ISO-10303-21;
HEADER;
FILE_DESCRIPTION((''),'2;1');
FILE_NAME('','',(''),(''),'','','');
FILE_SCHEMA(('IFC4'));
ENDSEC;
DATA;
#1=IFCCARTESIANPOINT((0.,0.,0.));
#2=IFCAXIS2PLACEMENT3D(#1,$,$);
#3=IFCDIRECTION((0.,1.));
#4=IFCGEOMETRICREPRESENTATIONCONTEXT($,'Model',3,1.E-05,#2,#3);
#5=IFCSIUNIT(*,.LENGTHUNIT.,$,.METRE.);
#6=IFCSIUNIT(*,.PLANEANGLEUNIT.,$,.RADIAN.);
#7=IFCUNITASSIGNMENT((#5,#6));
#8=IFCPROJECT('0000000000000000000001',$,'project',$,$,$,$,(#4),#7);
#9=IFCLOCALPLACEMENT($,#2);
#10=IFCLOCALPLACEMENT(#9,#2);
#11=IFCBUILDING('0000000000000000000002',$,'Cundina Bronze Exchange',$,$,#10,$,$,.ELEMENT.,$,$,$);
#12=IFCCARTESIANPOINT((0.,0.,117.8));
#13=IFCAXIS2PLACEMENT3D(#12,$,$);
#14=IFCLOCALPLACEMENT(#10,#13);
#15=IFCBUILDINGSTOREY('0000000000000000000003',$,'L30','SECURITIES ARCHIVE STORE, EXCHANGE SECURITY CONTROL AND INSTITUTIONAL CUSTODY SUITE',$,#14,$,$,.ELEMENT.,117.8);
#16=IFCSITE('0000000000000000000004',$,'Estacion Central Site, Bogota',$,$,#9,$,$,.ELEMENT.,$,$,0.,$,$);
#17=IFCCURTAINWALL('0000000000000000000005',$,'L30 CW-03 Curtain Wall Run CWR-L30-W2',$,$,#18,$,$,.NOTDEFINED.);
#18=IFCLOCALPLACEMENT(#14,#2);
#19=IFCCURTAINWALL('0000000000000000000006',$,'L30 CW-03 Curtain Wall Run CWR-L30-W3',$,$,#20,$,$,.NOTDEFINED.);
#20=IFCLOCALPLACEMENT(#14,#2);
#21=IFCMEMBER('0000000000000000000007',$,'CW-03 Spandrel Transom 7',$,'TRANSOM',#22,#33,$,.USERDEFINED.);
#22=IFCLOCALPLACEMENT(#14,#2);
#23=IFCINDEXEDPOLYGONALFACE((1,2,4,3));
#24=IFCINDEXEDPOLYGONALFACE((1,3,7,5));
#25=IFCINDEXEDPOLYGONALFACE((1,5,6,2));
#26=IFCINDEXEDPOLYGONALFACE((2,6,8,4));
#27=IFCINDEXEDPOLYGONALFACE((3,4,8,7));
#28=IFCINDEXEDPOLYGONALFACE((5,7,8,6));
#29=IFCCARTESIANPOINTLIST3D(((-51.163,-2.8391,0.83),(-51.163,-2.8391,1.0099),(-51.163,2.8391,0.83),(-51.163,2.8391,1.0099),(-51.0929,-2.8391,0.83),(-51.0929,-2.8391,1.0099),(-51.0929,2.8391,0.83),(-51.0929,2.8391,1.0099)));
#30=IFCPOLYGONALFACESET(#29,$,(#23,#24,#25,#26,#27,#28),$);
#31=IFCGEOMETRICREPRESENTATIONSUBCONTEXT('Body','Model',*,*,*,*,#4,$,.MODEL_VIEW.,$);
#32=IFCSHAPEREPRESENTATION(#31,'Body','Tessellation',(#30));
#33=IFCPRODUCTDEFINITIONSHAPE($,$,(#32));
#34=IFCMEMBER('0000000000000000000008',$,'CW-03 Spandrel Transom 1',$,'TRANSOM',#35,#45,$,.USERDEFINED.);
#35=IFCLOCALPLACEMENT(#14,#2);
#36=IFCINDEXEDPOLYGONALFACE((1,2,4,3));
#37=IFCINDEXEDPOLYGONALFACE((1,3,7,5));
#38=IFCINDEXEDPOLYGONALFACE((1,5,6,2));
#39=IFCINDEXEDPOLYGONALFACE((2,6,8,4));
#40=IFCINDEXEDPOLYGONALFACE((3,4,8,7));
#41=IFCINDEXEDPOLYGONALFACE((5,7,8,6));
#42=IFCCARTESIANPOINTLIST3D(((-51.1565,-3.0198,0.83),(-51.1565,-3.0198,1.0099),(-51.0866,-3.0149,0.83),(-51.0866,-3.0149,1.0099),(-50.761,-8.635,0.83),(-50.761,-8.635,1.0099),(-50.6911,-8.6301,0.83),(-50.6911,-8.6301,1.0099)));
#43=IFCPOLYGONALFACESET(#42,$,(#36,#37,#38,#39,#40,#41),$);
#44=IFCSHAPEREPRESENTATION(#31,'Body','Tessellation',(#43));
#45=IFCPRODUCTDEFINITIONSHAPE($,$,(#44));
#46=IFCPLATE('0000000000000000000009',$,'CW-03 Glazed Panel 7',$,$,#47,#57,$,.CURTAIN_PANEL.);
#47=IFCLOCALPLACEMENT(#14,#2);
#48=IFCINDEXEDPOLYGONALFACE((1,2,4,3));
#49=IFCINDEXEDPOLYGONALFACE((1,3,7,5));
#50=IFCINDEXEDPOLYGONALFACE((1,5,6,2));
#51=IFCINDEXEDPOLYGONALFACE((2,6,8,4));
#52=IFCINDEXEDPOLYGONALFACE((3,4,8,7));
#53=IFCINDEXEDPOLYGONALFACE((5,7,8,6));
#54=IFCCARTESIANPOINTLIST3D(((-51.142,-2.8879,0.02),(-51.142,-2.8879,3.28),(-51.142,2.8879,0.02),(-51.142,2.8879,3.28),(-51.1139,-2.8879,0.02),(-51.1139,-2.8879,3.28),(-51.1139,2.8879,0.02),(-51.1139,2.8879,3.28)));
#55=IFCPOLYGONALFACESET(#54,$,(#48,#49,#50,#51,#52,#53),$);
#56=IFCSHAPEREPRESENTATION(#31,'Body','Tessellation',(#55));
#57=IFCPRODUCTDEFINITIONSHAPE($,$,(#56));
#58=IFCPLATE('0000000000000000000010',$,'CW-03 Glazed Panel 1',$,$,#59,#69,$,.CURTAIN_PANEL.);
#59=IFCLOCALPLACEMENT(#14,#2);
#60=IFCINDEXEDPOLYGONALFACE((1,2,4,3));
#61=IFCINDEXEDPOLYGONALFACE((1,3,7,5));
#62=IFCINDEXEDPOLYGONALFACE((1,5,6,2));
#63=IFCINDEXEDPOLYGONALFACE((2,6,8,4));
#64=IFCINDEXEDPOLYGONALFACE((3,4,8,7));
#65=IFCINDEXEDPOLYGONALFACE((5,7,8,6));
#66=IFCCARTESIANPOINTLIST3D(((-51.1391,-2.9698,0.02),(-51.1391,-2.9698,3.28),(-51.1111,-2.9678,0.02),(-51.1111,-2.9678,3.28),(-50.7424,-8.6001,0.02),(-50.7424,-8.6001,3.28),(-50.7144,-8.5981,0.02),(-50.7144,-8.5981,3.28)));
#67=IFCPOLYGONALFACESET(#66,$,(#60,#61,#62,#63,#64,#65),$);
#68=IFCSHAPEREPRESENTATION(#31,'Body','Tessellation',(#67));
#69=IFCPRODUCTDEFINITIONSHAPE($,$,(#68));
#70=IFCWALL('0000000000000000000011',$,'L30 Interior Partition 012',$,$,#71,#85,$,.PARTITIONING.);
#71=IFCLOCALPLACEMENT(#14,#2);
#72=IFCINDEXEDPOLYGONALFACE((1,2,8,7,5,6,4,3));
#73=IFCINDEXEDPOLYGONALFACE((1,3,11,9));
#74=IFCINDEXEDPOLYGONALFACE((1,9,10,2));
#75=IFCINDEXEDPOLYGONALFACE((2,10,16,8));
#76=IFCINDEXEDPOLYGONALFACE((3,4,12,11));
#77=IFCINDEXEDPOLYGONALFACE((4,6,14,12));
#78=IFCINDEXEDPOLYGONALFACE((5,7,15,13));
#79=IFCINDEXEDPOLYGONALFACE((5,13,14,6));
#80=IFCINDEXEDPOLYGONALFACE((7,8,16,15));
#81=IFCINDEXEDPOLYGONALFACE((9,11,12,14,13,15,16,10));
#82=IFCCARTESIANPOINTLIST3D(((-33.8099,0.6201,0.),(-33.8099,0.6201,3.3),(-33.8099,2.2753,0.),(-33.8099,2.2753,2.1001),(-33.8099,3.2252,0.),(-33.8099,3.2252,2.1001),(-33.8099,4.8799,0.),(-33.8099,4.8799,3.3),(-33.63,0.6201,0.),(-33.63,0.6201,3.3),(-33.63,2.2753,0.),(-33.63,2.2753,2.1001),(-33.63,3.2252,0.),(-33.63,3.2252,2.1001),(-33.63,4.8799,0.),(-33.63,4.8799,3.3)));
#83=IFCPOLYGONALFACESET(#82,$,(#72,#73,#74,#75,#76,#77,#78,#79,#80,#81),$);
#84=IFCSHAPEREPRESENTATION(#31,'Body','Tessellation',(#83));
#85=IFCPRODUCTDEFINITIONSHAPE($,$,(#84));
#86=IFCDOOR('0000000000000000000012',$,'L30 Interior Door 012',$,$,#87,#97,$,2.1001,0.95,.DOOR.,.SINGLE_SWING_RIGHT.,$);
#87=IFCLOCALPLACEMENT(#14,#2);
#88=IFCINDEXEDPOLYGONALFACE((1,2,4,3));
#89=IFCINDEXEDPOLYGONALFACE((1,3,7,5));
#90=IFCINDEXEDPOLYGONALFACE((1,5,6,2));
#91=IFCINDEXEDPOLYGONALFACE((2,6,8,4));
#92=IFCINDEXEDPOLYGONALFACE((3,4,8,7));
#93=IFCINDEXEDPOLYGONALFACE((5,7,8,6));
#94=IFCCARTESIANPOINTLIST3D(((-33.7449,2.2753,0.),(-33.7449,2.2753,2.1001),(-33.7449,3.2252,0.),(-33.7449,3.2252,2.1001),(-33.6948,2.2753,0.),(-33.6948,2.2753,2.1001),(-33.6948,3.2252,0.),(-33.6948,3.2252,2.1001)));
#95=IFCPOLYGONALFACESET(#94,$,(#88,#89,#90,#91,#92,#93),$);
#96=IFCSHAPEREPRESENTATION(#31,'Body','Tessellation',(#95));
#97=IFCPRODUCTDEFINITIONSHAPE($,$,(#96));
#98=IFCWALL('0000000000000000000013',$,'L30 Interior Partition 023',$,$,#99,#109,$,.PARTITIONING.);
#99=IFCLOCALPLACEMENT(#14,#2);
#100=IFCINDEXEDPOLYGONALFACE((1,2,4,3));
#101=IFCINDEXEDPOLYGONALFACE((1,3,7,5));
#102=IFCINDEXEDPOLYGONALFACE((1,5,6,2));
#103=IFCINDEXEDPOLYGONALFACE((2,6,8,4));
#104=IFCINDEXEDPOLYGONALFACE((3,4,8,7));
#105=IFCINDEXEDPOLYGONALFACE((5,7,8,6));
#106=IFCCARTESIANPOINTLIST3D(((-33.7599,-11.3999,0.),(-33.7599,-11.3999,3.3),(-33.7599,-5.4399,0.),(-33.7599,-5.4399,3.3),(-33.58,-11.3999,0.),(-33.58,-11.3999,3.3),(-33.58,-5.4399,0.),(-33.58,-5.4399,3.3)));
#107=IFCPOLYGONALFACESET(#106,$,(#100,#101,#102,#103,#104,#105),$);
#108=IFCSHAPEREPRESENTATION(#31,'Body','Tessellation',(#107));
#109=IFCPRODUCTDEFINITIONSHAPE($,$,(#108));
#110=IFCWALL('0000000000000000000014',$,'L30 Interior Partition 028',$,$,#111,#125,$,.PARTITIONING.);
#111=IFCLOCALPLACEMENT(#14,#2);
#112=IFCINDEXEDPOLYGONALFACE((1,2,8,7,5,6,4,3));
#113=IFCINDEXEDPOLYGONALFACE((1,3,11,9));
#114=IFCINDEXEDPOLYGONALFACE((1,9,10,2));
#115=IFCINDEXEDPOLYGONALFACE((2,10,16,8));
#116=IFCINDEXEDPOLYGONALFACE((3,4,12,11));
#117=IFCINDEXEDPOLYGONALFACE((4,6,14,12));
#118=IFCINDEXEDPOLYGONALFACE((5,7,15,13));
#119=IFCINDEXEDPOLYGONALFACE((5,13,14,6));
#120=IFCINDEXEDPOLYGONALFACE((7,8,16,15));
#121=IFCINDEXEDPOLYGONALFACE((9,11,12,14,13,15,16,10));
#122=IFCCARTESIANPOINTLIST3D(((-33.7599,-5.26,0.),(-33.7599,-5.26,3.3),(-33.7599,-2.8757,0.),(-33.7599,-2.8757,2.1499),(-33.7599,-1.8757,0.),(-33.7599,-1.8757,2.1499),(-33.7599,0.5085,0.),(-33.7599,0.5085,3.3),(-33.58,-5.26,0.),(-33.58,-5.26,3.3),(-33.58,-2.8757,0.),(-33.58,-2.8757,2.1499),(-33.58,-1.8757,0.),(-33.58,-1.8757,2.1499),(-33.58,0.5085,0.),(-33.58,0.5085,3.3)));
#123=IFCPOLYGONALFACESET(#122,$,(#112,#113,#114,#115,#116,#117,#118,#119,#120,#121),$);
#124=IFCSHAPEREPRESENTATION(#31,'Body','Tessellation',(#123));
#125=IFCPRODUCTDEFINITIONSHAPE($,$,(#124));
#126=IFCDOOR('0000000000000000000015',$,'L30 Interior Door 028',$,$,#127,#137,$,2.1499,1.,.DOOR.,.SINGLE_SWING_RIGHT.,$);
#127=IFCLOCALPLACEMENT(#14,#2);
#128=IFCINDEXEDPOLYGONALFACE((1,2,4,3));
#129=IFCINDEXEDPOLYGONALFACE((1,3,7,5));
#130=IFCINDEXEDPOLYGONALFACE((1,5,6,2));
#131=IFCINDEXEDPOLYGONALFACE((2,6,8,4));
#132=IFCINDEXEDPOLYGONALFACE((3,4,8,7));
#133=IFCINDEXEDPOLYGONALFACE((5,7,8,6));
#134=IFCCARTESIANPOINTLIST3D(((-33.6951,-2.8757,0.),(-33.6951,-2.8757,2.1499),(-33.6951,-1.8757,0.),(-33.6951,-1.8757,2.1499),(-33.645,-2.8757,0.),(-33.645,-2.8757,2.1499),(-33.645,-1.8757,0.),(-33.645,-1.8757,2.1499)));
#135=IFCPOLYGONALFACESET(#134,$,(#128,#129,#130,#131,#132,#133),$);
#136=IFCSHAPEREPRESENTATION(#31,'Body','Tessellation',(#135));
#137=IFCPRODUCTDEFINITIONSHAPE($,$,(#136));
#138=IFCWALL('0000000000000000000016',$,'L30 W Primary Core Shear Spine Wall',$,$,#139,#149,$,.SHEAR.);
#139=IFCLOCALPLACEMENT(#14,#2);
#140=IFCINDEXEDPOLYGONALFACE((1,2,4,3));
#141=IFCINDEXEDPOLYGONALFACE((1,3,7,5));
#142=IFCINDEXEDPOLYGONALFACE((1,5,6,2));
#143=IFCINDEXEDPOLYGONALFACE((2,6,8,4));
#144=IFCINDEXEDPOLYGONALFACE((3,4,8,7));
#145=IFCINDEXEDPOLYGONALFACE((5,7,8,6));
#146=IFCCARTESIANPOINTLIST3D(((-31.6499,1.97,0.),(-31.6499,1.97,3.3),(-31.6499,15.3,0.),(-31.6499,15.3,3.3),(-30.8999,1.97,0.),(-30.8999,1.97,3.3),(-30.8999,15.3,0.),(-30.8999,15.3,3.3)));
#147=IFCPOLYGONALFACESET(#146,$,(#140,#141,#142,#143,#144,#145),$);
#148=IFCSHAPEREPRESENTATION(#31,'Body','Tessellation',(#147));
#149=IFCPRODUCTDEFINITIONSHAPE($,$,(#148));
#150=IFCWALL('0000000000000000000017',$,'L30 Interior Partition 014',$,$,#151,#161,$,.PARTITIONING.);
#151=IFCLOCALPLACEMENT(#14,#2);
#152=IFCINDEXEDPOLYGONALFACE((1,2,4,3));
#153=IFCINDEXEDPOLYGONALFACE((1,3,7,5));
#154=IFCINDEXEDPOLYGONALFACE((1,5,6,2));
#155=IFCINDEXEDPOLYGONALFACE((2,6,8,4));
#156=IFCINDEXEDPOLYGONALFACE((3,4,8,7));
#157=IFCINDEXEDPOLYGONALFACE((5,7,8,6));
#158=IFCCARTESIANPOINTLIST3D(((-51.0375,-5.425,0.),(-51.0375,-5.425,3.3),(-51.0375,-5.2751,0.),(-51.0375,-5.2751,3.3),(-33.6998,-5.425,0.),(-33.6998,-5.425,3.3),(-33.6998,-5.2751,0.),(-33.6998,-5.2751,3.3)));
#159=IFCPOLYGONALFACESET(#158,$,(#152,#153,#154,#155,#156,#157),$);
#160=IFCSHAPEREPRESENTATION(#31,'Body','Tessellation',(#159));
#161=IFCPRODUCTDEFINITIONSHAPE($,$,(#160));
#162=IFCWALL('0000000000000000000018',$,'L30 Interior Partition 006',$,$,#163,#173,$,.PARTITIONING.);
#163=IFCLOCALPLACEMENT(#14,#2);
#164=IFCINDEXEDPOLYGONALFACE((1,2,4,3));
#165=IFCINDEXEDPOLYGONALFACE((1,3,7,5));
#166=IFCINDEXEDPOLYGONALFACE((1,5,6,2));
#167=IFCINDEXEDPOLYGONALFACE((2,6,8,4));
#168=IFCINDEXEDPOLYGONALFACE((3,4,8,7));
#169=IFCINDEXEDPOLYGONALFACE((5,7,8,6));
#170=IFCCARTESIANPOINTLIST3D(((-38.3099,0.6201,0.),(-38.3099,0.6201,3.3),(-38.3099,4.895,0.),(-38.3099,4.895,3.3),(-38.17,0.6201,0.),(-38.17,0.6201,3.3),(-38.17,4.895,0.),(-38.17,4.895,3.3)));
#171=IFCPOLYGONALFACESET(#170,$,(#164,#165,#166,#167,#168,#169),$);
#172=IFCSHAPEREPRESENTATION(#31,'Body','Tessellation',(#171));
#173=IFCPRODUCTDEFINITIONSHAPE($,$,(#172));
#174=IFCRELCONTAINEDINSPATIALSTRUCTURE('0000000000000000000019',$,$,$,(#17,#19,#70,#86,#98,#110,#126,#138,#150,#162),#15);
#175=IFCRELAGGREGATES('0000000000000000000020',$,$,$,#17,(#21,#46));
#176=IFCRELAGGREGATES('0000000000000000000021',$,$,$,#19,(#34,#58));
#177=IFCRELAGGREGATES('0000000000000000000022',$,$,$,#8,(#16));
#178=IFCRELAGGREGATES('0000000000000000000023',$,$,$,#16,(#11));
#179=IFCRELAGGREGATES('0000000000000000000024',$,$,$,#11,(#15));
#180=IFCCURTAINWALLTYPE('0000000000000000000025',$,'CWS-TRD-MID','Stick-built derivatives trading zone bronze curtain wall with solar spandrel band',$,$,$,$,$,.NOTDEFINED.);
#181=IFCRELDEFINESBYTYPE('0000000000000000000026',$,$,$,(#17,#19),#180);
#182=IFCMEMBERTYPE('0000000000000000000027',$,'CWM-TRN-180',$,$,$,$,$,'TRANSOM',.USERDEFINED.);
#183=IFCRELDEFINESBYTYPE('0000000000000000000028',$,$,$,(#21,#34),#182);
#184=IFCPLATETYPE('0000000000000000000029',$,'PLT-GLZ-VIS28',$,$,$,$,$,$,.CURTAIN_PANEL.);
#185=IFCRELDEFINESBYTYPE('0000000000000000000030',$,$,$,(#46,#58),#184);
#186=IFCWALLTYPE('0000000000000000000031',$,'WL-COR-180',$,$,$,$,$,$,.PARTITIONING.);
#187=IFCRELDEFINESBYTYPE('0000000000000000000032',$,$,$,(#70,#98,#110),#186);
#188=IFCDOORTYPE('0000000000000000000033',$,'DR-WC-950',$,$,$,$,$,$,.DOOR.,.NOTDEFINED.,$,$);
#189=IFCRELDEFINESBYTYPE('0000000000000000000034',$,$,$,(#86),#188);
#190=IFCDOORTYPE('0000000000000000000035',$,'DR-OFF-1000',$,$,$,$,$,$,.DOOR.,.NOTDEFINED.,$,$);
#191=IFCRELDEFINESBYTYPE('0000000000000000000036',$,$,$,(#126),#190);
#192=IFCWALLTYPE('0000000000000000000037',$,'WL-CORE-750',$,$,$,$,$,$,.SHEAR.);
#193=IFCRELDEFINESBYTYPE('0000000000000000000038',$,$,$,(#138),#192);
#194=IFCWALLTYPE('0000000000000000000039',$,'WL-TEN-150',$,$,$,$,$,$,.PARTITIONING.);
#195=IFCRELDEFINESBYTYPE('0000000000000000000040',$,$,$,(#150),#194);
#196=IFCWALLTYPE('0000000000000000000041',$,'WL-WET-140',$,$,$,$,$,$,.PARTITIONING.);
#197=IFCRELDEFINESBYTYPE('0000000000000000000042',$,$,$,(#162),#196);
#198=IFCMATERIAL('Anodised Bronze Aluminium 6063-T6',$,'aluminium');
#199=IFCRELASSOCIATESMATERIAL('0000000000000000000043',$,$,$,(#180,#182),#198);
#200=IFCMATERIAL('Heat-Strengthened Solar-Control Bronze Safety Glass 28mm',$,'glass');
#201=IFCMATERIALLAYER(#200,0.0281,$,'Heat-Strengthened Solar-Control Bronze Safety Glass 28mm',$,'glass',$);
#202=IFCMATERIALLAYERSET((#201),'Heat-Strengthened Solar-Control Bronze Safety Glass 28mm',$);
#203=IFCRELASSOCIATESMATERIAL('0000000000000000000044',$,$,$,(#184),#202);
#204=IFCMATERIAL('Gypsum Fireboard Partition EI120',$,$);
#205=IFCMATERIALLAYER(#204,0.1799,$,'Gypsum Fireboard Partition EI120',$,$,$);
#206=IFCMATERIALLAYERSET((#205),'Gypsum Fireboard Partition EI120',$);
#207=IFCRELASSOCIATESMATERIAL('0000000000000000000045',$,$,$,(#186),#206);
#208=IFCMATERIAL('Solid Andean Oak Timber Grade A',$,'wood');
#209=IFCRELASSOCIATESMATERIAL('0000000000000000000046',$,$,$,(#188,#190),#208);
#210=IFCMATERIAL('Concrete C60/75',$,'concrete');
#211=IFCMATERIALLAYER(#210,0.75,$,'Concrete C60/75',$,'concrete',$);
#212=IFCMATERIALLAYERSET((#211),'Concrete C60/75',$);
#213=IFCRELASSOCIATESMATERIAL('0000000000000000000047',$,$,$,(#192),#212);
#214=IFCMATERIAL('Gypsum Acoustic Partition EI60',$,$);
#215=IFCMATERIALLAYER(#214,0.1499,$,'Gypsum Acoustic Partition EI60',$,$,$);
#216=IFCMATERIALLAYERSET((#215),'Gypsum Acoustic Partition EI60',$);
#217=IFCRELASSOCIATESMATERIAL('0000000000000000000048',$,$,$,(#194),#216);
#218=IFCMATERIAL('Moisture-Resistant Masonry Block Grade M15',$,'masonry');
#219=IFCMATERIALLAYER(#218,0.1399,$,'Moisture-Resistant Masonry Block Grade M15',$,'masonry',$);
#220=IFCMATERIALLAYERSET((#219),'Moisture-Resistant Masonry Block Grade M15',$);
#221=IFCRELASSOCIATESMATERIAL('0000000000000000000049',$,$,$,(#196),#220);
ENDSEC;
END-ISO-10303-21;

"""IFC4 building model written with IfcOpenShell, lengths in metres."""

from ifc_helpers import new_model, si_unit, direction, frame, frame_2d, origin, origin_2d, place, context, subcontext, project, spatial, rectangle, extrude, material, layer, layer_set, material_profile, profile_set, type_object, element, fill, aggregate, save


model = new_model("IFC4")

# Units and contexts
model_context = context("Model", 3, precision=1e-05, world=origin(), true_north=direction((0.0, 1.0)))
body_context = subcontext(model_context, "Body", "Model", "MODEL_VIEW")
ifc_project = project(units=[si_unit("LENGTHUNIT", "METRE"), si_unit("PLANEANGLEUNIT", "RADIAN")], contexts=[model_context])

# Site, building, storey
site_placement = place(None, origin())
site = spatial("IfcSite", under=ifc_project, at=site_placement, Name="Estacion Central Site, Bogota", CompositionType="ELEMENT", RefElevation=0.0)
building_placement = place(site_placement, origin())
building = spatial("IfcBuilding", under=site, at=building_placement, Name="Cundina Bronze Exchange", CompositionType="ELEMENT")
storey_placement = place(building_placement, frame((0.0, 0.0, 117.8)))
storey = spatial("IfcBuildingStorey", under=building, at=storey_placement, Name="L30", Description="SECURITIES ARCHIVE STORE, EXCHANGE SECURITY CONTROL AND INSTITUTIONAL CUSTODY SUITE", CompositionType="ELEMENT", Elevation=117.8)

# Shared definitions
ifc_material_1 = material(Name="Concrete C60/75", Category="concrete")

# Curtain walls
ifc_material_2 = material(Name="Anodised Bronze Aluminium 6063-T6", Category="aluminium")
curtain_wall_type = type_object("IfcCurtainWallType", Name="CWS-TRD-MID", Description="Stick-built derivatives trading zone bronze curtain wall with solar spandrel band", PredefinedType="NOTDEFINED", material=ifc_material_2)
curtain_wall_1_placement = place(storey_placement, origin())
curtain_wall_1 = element("IfcCurtainWall", 1, at=curtain_wall_1_placement, inside=storey, type_object=curtain_wall_type, Name="L30 CW-03 Curtain Wall Run CWR-L30-W2", PredefinedType="NOTDEFINED")
curtain_wall_2_placement = place(storey_placement, origin())
curtain_wall_2 = element("IfcCurtainWall", 2, at=curtain_wall_2_placement, inside=storey, type_object=curtain_wall_type, Name="L30 CW-03 Curtain Wall Run CWR-L30-W3", PredefinedType="NOTDEFINED")

# Members
ifc_material_profile_1 = material_profile(ifc_material_2, rectangle(XDim=0.0701, YDim=0.1799, at=origin_2d()), Name="AL70X180", Category="aluminium")
ifc_profile_set_1 = profile_set([ifc_material_profile_1], Name="Anodised Bronze Aluminium 6063-T6")
member_type_1 = type_object("IfcMemberType", Name="CWM-TRN-180", ElementType="TRANSOM", PredefinedType="USERDEFINED", material=ifc_profile_set_1)
member_1_placement = place(storey_placement, frame((-51.1279, 2.8391, 0.9199), z_axis=(0.0, -1.0, 0.0), x_axis=(1.0, 0.0, 0.0)))
member_1 = element("IfcMember", 3, at=member_1_placement, type_object=member_type_1, Name="CW-03 Spandrel Transom 7", ObjectType="TRANSOM", PredefinedType="USERDEFINED", context=body_context, shape_type="SweptSolid", body=[
    extrude(rectangle(XDim=0.0701, YDim=0.1799, at=origin_2d()), origin(), (0.0, 0.0, 1.0), 5.6782),
])
member_2_placement = place(storey_placement, frame((-51.1216, -3.0173, 0.9199), z_axis=(0.070261, -0.997529, 0.0), x_axis=(0.997529, 0.070261, 0.0)))
member_2 = element("IfcMember", 4, at=member_2_placement, type_object=member_type_1, Name="CW-03 Spandrel Transom 1", ObjectType="TRANSOM", PredefinedType="USERDEFINED", context=body_context, shape_type="SweptSolid", body=[
    extrude(rectangle(XDim=0.0701, YDim=0.1799, at=origin_2d()), origin(), (0.0, 0.0, 1.0), 5.6292),
])

# Plates
ifc_material_3 = material(Name="Heat-Strengthened Solar-Control Bronze Safety Glass 28mm", Category="glass")
ifc_layer_1 = layer(ifc_material_3, 0.0281, Name="Heat-Strengthened Solar-Control Bronze Safety Glass 28mm", Category="glass")
ifc_layer_set_1 = layer_set([ifc_layer_1], Name="Heat-Strengthened Solar-Control Bronze Safety Glass 28mm")
plate_type = type_object("IfcPlateType", Name="PLT-GLZ-VIS28", PredefinedType="CURTAIN_PANEL", material=ifc_layer_set_1)
plate_1_placement = place(storey_placement, frame((-51.1279, 0.0, 0.02), z_axis=(0.0, 0.0, 1.0), x_axis=(0.0, -1.0, 0.0)))
plate_1 = element("IfcPlate", 5, at=plate_1_placement, type_object=plate_type, Name="CW-03 Glazed Panel 7", PredefinedType="CURTAIN_PANEL", context=body_context, shape_type="SweptSolid", body=[
    extrude(rectangle(XDim=5.7759, YDim=0.0281, at=origin_2d()), origin(), (0.0, 0.0, 1.0), 3.26),
])
aggregate(curtain_wall_1, [member_1, plate_1])
plate_2_placement = place(storey_placement, frame((-50.9268, -5.7839, 0.02), z_axis=(0.0, 0.0, 1.0), x_axis=(0.070279, -0.997527, 0.0)))
plate_2 = element("IfcPlate", 6, at=plate_2_placement, type_object=plate_type, Name="CW-03 Glazed Panel 1", PredefinedType="CURTAIN_PANEL", context=body_context, shape_type="SweptSolid", body=[
    extrude(rectangle(XDim=5.6443, YDim=0.0281, at=origin_2d()), origin(), (0.0, 0.0, 1.0), 3.26),
])
aggregate(curtain_wall_2, [member_2, plate_2])

# Wall, opening, door
ifc_material_4 = material(Name="Gypsum Fireboard Partition EI120")
ifc_layer_2 = layer(ifc_material_4, 0.1799, Name="Gypsum Fireboard Partition EI120")
ifc_layer_set_2 = layer_set([ifc_layer_2], Name="Gypsum Fireboard Partition EI120")
wall_type_1 = type_object("IfcWallType", Name="WL-COR-180", PredefinedType="PARTITIONING", material=ifc_layer_set_2)
wall_1_placement = place(storey_placement, frame((-33.72, 0.6201, 0.0), z_axis=(0.0, 0.0, 1.0), x_axis=(0.0, 1.0, 0.0)))
wall_1 = element("IfcWall", 7, at=wall_1_placement, inside=storey, type_object=wall_type_1, Name="L30 Interior Partition 012", PredefinedType="PARTITIONING", context=body_context, shape_type="SweptSolid", body=[
    extrude(rectangle(XDim=4.2598, YDim=0.1799, at=frame_2d((2.1299, 0.0))), origin(), (0.0, 0.0, 1.0), 3.3),
])
opening_1_placement = place(wall_1_placement, frame((1.655, 0.0, 0.0)))
opening_1 = element("IfcOpeningElement", 8, at=opening_1_placement, cuts=wall_1, PredefinedType="OPENING", context=body_context, shape_type="SweptSolid", body=[
    extrude(rectangle(XDim=0.95, YDim=2.1001, at=frame_2d((0.4751, 1.05))), frame((0.0, 0.0999, 0.0), z_axis=(0.0, -1.0, 0.0), x_axis=(1.0, 0.0, 0.0)), (0.0, 0.0, 1.0), 0.2),
])
ifc_material_5 = material(Name="Solid Andean Oak Timber Grade A", Category="wood")
door_type_1 = type_object("IfcDoorType", Name="DR-WC-950", OperationType="NOTDEFINED", PredefinedType="DOOR", material=ifc_material_5)
door_1_placement = place(opening_1_placement, origin())
door_1 = element("IfcDoor", 9, at=door_1_placement, inside=storey, type_object=door_type_1, Name="L30 Interior Door 012", OperationType="SINGLE_SWING_RIGHT", OverallHeight=2.1001, OverallWidth=0.95, PredefinedType="DOOR", context=body_context, shape_type="SweptSolid", body=[
    extrude(rectangle(XDim=0.95, YDim=2.1001, at=frame_2d((0.4751, 1.05))), frame((0.0, 0.0249, 0.0), z_axis=(0.0, -1.0, 0.0), x_axis=(1.0, 0.0, 0.0)), (0.0, 0.0, 1.0), 0.05),
])
fill(opening_1, door_1)

# Wall
wall_2_placement = place(storey_placement, frame((-33.6699, -5.4399, 0.0), z_axis=(0.0, 0.0, 1.0), x_axis=(0.0, -1.0, 0.0)))
element("IfcWall", 10, at=wall_2_placement, inside=storey, type_object=wall_type_1, Name="L30 Interior Partition 023", PredefinedType="PARTITIONING", context=body_context, shape_type="SweptSolid", body=[
    extrude(rectangle(XDim=5.96, YDim=0.1799, at=frame_2d((2.98, 0.0))), origin(), (0.0, 0.0, 1.0), 3.3),
])

# Wall, opening, door
wall_3_placement = place(storey_placement, frame((-33.6699, 0.5085, 0.0), z_axis=(0.0, 0.0, 1.0), x_axis=(0.0, -1.0, 0.0)))
wall_3 = element("IfcWall", 11, at=wall_3_placement, inside=storey, type_object=wall_type_1, Name="L30 Interior Partition 028", PredefinedType="PARTITIONING", context=body_context, shape_type="SweptSolid", body=[
    extrude(rectangle(XDim=5.7686, YDim=0.1799, at=frame_2d((2.8843, 0.0))), origin(), (0.0, 0.0, 1.0), 3.3),
])
opening_2_placement = place(wall_3_placement, frame((2.3843, 0.0, 0.0)))
opening_2 = element("IfcOpeningElement", 12, at=opening_2_placement, cuts=wall_3, PredefinedType="OPENING", context=body_context, shape_type="SweptSolid", body=[
    extrude(rectangle(XDim=1.0, YDim=2.1499, at=frame_2d((0.5, 1.075))), frame((0.0, 0.0999, 0.0), z_axis=(0.0, -1.0, 0.0), x_axis=(1.0, 0.0, 0.0)), (0.0, 0.0, 1.0), 0.2),
])
door_type_2 = type_object("IfcDoorType", Name="DR-OFF-1000", OperationType="NOTDEFINED", PredefinedType="DOOR", material=ifc_material_5)
door_2_placement = place(opening_2_placement, origin())
door_2 = element("IfcDoor", 13, at=door_2_placement, inside=storey, type_object=door_type_2, Name="L30 Interior Door 028", OperationType="SINGLE_SWING_RIGHT", OverallHeight=2.1499, OverallWidth=1.0, PredefinedType="DOOR", context=body_context, shape_type="SweptSolid", body=[
    extrude(rectangle(XDim=1.0, YDim=2.1499, at=frame_2d((0.5, 1.075))), frame((0.0, 0.0249, 0.0), z_axis=(0.0, -1.0, 0.0), x_axis=(1.0, 0.0, 0.0)), (0.0, 0.0, 1.0), 0.05),
])
fill(opening_2, door_2)

# Walls
ifc_layer_3 = layer(ifc_material_1, 0.75, Name="Concrete C60/75", Category="concrete")
ifc_layer_set_3 = layer_set([ifc_layer_3], Name="Concrete C60/75")
wall_type_2 = type_object("IfcWallType", Name="WL-CORE-750", PredefinedType="SHEAR", material=ifc_layer_set_3)
wall_4_placement = place(storey_placement, frame((-31.2749, 1.97, 0.0), z_axis=(0.0, 0.0, 1.0), x_axis=(0.0, 1.0, 0.0)))
element("IfcWall", 14, at=wall_4_placement, inside=storey, type_object=wall_type_2, Name="L30 W Primary Core Shear Spine Wall", PredefinedType="SHEAR", context=body_context, shape_type="SweptSolid", body=[
    extrude(rectangle(XDim=13.3301, YDim=0.75, at=frame_2d((6.665, 0.0))), origin(), (0.0, 0.0, 1.0), 3.3),
])
ifc_material_6 = material(Name="Gypsum Acoustic Partition EI60")
ifc_layer_4 = layer(ifc_material_6, 0.1499, Name="Gypsum Acoustic Partition EI60")
ifc_layer_set_4 = layer_set([ifc_layer_4], Name="Gypsum Acoustic Partition EI60")
wall_type_3 = type_object("IfcWallType", Name="WL-TEN-150", PredefinedType="PARTITIONING", material=ifc_layer_set_4)
wall_5_placement = place(storey_placement, frame((-51.0376, -5.3501, 0.0), z_axis=(0.0, 0.0, 1.0), x_axis=(1.0, 0.0, 0.0)))
element("IfcWall", 15, at=wall_5_placement, inside=storey, type_object=wall_type_3, Name="L30 Interior Partition 014", PredefinedType="PARTITIONING", context=body_context, shape_type="SweptSolid", body=[
    extrude(rectangle(XDim=17.3376, YDim=0.1499, at=frame_2d((8.6689, 0.0))), origin(), (0.0, 0.0, 1.0), 3.3),
])
ifc_material_7 = material(Name="Moisture-Resistant Masonry Block Grade M15", Category="masonry")
ifc_layer_5 = layer(ifc_material_7, 0.1399, Name="Moisture-Resistant Masonry Block Grade M15", Category="masonry")
ifc_layer_set_5 = layer_set([ifc_layer_5], Name="Moisture-Resistant Masonry Block Grade M15")
wall_type_4 = type_object("IfcWallType", Name="WL-WET-140", PredefinedType="PARTITIONING", material=ifc_layer_set_5)
wall_6_placement = place(storey_placement, frame((-38.24, 0.6201, 0.0), z_axis=(0.0, 0.0, 1.0), x_axis=(0.0, 1.0, 0.0)))
element("IfcWall", 16, at=wall_6_placement, inside=storey, type_object=wall_type_4, Name="L30 Interior Partition 006", PredefinedType="PARTITIONING", context=body_context, shape_type="SweptSolid", body=[
    extrude(rectangle(XDim=4.2749, YDim=0.1399, at=frame_2d((2.1375, 0.0))), origin(), (0.0, 0.0, 1.0), 3.3),
])

save(model, "model.ifc")
